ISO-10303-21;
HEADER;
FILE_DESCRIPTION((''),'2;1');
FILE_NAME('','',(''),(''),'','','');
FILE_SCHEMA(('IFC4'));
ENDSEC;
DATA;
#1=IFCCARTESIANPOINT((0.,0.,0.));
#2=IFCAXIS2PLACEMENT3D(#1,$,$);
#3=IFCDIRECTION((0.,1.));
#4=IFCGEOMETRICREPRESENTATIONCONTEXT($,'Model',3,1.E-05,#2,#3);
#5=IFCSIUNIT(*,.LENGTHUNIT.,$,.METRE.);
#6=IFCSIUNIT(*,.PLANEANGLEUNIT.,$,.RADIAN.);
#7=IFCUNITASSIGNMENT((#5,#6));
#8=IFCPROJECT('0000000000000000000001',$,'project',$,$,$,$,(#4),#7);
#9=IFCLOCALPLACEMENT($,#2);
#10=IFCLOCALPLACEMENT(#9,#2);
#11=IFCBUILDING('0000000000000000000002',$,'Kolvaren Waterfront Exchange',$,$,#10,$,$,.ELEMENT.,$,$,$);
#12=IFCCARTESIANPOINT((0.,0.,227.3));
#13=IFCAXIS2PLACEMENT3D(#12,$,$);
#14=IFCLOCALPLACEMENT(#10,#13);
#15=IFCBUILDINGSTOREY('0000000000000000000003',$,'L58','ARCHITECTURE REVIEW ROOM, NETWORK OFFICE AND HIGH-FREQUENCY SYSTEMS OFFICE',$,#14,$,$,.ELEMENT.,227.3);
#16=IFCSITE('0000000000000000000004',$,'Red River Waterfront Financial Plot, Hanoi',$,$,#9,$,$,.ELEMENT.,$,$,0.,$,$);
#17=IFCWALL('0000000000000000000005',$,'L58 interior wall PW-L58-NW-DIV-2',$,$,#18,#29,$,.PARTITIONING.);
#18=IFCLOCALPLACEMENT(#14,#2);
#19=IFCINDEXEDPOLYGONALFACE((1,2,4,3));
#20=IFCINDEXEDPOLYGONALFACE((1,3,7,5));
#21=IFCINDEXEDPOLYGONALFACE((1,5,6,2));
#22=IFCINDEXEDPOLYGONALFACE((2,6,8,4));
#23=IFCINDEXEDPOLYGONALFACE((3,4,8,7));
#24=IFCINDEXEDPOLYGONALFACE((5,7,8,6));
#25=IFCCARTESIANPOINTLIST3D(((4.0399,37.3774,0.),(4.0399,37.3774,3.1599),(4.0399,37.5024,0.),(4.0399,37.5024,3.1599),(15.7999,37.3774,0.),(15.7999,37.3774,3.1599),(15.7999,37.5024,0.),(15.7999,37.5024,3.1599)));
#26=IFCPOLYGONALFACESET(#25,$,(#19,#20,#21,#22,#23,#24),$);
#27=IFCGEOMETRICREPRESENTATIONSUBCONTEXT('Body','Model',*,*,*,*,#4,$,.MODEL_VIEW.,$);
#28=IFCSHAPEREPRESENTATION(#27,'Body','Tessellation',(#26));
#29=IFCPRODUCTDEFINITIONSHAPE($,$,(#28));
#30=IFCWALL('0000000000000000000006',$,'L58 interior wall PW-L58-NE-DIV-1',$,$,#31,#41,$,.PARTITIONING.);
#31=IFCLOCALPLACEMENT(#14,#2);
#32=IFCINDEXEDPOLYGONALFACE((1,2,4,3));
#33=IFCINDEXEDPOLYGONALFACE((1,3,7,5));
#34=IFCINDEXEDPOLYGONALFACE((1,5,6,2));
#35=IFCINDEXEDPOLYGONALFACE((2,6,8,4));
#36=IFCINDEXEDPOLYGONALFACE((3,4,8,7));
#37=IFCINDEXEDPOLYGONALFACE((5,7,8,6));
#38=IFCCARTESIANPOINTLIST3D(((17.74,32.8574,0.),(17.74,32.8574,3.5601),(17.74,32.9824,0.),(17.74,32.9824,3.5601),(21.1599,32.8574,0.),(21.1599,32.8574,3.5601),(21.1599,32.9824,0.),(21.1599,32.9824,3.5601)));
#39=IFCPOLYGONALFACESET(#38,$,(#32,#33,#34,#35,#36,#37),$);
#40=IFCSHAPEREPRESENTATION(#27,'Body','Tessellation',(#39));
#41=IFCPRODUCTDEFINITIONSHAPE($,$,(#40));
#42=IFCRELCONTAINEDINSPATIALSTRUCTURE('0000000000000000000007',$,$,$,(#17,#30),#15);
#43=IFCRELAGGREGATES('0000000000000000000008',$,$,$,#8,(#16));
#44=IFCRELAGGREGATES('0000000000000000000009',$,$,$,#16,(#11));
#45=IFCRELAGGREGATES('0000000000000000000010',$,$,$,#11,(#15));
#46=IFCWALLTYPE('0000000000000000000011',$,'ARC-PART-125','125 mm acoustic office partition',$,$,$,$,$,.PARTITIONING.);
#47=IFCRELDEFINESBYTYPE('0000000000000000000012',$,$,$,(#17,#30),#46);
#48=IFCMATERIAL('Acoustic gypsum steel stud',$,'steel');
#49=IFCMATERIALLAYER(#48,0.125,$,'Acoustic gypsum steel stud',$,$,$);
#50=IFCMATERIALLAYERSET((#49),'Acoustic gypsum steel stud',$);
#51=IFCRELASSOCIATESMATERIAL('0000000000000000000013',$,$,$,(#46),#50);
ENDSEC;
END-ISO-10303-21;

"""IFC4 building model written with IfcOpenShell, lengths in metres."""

from ifc_helpers import new_model, si_unit, direction, frame, frame_2d, origin, place, context, subcontext, project, spatial, rectangle, extrude, material, layer, layer_set, type_object, element, save


model = new_model("IFC4")

# Units and contexts
model_context = context("Model", 3, precision=1e-05, world=origin(), true_north=direction((0.0, 1.0)))
body_context = subcontext(model_context, "Body", "Model", "MODEL_VIEW")
ifc_project = project(units=[si_unit("LENGTHUNIT", "METRE"), si_unit("PLANEANGLEUNIT", "RADIAN")], contexts=[model_context])

# Site, building, storey
site_placement = place(None, origin())
site = spatial("IfcSite", under=ifc_project, at=site_placement, Name="Red River Waterfront Financial Plot, Hanoi", CompositionType="ELEMENT", RefElevation=0.0)
building_placement = place(site_placement, origin())
building = spatial("IfcBuilding", under=site, at=building_placement, Name="Kolvaren Waterfront Exchange", CompositionType="ELEMENT")
storey_placement = place(building_placement, frame((0.0, 0.0, 227.3)))
storey = spatial("IfcBuildingStorey", under=building, at=storey_placement, Name="L58", Description="ARCHITECTURE REVIEW ROOM, NETWORK OFFICE AND HIGH-FREQUENCY SYSTEMS OFFICE", CompositionType="ELEMENT", Elevation=227.3)

# Walls
ifc_material_1 = material(Name="Acoustic gypsum steel stud", Category="steel")
ifc_layer_1 = layer(ifc_material_1, 0.125, Name="Acoustic gypsum steel stud")
ifc_layer_set_1 = layer_set([ifc_layer_1], Name="Acoustic gypsum steel stud")
wall_type = type_object("IfcWallType", Name="ARC-PART-125", Description="125 mm acoustic office partition", PredefinedType="PARTITIONING", material=ifc_layer_set_1)
wall_1_placement = place(storey_placement, frame((4.04, 37.4399, 0.0), z_axis=(0.0, 0.0, 1.0), x_axis=(1.0, 0.0, 0.0)))
element("IfcWall", 1, at=wall_1_placement, inside=storey, type_object=wall_type, Name="L58 interior wall PW-L58-NW-DIV-2", PredefinedType="PARTITIONING", context=body_context, shape_type="SweptSolid", body=[
    extrude(rectangle(XDim=11.76, YDim=0.125, at=frame_2d((5.8799, 0.0))), origin(), (0.0, 0.0, 1.0), 3.1599),
])
wall_2_placement = place(storey_placement, frame((17.74, 32.9199, 0.0), z_axis=(0.0, 0.0, 1.0), x_axis=(1.0, 0.0, 0.0)))
element("IfcWall", 2, at=wall_2_placement, inside=storey, type_object=wall_type, Name="L58 interior wall PW-L58-NE-DIV-1", PredefinedType="PARTITIONING", context=body_context, shape_type="SweptSolid", body=[
    extrude(rectangle(XDim=3.4199, YDim=0.125, at=frame_2d((1.71, 0.0))), origin(), (0.0, 0.0, 1.0), 3.5601),
])

save(model, "model.ifc")
